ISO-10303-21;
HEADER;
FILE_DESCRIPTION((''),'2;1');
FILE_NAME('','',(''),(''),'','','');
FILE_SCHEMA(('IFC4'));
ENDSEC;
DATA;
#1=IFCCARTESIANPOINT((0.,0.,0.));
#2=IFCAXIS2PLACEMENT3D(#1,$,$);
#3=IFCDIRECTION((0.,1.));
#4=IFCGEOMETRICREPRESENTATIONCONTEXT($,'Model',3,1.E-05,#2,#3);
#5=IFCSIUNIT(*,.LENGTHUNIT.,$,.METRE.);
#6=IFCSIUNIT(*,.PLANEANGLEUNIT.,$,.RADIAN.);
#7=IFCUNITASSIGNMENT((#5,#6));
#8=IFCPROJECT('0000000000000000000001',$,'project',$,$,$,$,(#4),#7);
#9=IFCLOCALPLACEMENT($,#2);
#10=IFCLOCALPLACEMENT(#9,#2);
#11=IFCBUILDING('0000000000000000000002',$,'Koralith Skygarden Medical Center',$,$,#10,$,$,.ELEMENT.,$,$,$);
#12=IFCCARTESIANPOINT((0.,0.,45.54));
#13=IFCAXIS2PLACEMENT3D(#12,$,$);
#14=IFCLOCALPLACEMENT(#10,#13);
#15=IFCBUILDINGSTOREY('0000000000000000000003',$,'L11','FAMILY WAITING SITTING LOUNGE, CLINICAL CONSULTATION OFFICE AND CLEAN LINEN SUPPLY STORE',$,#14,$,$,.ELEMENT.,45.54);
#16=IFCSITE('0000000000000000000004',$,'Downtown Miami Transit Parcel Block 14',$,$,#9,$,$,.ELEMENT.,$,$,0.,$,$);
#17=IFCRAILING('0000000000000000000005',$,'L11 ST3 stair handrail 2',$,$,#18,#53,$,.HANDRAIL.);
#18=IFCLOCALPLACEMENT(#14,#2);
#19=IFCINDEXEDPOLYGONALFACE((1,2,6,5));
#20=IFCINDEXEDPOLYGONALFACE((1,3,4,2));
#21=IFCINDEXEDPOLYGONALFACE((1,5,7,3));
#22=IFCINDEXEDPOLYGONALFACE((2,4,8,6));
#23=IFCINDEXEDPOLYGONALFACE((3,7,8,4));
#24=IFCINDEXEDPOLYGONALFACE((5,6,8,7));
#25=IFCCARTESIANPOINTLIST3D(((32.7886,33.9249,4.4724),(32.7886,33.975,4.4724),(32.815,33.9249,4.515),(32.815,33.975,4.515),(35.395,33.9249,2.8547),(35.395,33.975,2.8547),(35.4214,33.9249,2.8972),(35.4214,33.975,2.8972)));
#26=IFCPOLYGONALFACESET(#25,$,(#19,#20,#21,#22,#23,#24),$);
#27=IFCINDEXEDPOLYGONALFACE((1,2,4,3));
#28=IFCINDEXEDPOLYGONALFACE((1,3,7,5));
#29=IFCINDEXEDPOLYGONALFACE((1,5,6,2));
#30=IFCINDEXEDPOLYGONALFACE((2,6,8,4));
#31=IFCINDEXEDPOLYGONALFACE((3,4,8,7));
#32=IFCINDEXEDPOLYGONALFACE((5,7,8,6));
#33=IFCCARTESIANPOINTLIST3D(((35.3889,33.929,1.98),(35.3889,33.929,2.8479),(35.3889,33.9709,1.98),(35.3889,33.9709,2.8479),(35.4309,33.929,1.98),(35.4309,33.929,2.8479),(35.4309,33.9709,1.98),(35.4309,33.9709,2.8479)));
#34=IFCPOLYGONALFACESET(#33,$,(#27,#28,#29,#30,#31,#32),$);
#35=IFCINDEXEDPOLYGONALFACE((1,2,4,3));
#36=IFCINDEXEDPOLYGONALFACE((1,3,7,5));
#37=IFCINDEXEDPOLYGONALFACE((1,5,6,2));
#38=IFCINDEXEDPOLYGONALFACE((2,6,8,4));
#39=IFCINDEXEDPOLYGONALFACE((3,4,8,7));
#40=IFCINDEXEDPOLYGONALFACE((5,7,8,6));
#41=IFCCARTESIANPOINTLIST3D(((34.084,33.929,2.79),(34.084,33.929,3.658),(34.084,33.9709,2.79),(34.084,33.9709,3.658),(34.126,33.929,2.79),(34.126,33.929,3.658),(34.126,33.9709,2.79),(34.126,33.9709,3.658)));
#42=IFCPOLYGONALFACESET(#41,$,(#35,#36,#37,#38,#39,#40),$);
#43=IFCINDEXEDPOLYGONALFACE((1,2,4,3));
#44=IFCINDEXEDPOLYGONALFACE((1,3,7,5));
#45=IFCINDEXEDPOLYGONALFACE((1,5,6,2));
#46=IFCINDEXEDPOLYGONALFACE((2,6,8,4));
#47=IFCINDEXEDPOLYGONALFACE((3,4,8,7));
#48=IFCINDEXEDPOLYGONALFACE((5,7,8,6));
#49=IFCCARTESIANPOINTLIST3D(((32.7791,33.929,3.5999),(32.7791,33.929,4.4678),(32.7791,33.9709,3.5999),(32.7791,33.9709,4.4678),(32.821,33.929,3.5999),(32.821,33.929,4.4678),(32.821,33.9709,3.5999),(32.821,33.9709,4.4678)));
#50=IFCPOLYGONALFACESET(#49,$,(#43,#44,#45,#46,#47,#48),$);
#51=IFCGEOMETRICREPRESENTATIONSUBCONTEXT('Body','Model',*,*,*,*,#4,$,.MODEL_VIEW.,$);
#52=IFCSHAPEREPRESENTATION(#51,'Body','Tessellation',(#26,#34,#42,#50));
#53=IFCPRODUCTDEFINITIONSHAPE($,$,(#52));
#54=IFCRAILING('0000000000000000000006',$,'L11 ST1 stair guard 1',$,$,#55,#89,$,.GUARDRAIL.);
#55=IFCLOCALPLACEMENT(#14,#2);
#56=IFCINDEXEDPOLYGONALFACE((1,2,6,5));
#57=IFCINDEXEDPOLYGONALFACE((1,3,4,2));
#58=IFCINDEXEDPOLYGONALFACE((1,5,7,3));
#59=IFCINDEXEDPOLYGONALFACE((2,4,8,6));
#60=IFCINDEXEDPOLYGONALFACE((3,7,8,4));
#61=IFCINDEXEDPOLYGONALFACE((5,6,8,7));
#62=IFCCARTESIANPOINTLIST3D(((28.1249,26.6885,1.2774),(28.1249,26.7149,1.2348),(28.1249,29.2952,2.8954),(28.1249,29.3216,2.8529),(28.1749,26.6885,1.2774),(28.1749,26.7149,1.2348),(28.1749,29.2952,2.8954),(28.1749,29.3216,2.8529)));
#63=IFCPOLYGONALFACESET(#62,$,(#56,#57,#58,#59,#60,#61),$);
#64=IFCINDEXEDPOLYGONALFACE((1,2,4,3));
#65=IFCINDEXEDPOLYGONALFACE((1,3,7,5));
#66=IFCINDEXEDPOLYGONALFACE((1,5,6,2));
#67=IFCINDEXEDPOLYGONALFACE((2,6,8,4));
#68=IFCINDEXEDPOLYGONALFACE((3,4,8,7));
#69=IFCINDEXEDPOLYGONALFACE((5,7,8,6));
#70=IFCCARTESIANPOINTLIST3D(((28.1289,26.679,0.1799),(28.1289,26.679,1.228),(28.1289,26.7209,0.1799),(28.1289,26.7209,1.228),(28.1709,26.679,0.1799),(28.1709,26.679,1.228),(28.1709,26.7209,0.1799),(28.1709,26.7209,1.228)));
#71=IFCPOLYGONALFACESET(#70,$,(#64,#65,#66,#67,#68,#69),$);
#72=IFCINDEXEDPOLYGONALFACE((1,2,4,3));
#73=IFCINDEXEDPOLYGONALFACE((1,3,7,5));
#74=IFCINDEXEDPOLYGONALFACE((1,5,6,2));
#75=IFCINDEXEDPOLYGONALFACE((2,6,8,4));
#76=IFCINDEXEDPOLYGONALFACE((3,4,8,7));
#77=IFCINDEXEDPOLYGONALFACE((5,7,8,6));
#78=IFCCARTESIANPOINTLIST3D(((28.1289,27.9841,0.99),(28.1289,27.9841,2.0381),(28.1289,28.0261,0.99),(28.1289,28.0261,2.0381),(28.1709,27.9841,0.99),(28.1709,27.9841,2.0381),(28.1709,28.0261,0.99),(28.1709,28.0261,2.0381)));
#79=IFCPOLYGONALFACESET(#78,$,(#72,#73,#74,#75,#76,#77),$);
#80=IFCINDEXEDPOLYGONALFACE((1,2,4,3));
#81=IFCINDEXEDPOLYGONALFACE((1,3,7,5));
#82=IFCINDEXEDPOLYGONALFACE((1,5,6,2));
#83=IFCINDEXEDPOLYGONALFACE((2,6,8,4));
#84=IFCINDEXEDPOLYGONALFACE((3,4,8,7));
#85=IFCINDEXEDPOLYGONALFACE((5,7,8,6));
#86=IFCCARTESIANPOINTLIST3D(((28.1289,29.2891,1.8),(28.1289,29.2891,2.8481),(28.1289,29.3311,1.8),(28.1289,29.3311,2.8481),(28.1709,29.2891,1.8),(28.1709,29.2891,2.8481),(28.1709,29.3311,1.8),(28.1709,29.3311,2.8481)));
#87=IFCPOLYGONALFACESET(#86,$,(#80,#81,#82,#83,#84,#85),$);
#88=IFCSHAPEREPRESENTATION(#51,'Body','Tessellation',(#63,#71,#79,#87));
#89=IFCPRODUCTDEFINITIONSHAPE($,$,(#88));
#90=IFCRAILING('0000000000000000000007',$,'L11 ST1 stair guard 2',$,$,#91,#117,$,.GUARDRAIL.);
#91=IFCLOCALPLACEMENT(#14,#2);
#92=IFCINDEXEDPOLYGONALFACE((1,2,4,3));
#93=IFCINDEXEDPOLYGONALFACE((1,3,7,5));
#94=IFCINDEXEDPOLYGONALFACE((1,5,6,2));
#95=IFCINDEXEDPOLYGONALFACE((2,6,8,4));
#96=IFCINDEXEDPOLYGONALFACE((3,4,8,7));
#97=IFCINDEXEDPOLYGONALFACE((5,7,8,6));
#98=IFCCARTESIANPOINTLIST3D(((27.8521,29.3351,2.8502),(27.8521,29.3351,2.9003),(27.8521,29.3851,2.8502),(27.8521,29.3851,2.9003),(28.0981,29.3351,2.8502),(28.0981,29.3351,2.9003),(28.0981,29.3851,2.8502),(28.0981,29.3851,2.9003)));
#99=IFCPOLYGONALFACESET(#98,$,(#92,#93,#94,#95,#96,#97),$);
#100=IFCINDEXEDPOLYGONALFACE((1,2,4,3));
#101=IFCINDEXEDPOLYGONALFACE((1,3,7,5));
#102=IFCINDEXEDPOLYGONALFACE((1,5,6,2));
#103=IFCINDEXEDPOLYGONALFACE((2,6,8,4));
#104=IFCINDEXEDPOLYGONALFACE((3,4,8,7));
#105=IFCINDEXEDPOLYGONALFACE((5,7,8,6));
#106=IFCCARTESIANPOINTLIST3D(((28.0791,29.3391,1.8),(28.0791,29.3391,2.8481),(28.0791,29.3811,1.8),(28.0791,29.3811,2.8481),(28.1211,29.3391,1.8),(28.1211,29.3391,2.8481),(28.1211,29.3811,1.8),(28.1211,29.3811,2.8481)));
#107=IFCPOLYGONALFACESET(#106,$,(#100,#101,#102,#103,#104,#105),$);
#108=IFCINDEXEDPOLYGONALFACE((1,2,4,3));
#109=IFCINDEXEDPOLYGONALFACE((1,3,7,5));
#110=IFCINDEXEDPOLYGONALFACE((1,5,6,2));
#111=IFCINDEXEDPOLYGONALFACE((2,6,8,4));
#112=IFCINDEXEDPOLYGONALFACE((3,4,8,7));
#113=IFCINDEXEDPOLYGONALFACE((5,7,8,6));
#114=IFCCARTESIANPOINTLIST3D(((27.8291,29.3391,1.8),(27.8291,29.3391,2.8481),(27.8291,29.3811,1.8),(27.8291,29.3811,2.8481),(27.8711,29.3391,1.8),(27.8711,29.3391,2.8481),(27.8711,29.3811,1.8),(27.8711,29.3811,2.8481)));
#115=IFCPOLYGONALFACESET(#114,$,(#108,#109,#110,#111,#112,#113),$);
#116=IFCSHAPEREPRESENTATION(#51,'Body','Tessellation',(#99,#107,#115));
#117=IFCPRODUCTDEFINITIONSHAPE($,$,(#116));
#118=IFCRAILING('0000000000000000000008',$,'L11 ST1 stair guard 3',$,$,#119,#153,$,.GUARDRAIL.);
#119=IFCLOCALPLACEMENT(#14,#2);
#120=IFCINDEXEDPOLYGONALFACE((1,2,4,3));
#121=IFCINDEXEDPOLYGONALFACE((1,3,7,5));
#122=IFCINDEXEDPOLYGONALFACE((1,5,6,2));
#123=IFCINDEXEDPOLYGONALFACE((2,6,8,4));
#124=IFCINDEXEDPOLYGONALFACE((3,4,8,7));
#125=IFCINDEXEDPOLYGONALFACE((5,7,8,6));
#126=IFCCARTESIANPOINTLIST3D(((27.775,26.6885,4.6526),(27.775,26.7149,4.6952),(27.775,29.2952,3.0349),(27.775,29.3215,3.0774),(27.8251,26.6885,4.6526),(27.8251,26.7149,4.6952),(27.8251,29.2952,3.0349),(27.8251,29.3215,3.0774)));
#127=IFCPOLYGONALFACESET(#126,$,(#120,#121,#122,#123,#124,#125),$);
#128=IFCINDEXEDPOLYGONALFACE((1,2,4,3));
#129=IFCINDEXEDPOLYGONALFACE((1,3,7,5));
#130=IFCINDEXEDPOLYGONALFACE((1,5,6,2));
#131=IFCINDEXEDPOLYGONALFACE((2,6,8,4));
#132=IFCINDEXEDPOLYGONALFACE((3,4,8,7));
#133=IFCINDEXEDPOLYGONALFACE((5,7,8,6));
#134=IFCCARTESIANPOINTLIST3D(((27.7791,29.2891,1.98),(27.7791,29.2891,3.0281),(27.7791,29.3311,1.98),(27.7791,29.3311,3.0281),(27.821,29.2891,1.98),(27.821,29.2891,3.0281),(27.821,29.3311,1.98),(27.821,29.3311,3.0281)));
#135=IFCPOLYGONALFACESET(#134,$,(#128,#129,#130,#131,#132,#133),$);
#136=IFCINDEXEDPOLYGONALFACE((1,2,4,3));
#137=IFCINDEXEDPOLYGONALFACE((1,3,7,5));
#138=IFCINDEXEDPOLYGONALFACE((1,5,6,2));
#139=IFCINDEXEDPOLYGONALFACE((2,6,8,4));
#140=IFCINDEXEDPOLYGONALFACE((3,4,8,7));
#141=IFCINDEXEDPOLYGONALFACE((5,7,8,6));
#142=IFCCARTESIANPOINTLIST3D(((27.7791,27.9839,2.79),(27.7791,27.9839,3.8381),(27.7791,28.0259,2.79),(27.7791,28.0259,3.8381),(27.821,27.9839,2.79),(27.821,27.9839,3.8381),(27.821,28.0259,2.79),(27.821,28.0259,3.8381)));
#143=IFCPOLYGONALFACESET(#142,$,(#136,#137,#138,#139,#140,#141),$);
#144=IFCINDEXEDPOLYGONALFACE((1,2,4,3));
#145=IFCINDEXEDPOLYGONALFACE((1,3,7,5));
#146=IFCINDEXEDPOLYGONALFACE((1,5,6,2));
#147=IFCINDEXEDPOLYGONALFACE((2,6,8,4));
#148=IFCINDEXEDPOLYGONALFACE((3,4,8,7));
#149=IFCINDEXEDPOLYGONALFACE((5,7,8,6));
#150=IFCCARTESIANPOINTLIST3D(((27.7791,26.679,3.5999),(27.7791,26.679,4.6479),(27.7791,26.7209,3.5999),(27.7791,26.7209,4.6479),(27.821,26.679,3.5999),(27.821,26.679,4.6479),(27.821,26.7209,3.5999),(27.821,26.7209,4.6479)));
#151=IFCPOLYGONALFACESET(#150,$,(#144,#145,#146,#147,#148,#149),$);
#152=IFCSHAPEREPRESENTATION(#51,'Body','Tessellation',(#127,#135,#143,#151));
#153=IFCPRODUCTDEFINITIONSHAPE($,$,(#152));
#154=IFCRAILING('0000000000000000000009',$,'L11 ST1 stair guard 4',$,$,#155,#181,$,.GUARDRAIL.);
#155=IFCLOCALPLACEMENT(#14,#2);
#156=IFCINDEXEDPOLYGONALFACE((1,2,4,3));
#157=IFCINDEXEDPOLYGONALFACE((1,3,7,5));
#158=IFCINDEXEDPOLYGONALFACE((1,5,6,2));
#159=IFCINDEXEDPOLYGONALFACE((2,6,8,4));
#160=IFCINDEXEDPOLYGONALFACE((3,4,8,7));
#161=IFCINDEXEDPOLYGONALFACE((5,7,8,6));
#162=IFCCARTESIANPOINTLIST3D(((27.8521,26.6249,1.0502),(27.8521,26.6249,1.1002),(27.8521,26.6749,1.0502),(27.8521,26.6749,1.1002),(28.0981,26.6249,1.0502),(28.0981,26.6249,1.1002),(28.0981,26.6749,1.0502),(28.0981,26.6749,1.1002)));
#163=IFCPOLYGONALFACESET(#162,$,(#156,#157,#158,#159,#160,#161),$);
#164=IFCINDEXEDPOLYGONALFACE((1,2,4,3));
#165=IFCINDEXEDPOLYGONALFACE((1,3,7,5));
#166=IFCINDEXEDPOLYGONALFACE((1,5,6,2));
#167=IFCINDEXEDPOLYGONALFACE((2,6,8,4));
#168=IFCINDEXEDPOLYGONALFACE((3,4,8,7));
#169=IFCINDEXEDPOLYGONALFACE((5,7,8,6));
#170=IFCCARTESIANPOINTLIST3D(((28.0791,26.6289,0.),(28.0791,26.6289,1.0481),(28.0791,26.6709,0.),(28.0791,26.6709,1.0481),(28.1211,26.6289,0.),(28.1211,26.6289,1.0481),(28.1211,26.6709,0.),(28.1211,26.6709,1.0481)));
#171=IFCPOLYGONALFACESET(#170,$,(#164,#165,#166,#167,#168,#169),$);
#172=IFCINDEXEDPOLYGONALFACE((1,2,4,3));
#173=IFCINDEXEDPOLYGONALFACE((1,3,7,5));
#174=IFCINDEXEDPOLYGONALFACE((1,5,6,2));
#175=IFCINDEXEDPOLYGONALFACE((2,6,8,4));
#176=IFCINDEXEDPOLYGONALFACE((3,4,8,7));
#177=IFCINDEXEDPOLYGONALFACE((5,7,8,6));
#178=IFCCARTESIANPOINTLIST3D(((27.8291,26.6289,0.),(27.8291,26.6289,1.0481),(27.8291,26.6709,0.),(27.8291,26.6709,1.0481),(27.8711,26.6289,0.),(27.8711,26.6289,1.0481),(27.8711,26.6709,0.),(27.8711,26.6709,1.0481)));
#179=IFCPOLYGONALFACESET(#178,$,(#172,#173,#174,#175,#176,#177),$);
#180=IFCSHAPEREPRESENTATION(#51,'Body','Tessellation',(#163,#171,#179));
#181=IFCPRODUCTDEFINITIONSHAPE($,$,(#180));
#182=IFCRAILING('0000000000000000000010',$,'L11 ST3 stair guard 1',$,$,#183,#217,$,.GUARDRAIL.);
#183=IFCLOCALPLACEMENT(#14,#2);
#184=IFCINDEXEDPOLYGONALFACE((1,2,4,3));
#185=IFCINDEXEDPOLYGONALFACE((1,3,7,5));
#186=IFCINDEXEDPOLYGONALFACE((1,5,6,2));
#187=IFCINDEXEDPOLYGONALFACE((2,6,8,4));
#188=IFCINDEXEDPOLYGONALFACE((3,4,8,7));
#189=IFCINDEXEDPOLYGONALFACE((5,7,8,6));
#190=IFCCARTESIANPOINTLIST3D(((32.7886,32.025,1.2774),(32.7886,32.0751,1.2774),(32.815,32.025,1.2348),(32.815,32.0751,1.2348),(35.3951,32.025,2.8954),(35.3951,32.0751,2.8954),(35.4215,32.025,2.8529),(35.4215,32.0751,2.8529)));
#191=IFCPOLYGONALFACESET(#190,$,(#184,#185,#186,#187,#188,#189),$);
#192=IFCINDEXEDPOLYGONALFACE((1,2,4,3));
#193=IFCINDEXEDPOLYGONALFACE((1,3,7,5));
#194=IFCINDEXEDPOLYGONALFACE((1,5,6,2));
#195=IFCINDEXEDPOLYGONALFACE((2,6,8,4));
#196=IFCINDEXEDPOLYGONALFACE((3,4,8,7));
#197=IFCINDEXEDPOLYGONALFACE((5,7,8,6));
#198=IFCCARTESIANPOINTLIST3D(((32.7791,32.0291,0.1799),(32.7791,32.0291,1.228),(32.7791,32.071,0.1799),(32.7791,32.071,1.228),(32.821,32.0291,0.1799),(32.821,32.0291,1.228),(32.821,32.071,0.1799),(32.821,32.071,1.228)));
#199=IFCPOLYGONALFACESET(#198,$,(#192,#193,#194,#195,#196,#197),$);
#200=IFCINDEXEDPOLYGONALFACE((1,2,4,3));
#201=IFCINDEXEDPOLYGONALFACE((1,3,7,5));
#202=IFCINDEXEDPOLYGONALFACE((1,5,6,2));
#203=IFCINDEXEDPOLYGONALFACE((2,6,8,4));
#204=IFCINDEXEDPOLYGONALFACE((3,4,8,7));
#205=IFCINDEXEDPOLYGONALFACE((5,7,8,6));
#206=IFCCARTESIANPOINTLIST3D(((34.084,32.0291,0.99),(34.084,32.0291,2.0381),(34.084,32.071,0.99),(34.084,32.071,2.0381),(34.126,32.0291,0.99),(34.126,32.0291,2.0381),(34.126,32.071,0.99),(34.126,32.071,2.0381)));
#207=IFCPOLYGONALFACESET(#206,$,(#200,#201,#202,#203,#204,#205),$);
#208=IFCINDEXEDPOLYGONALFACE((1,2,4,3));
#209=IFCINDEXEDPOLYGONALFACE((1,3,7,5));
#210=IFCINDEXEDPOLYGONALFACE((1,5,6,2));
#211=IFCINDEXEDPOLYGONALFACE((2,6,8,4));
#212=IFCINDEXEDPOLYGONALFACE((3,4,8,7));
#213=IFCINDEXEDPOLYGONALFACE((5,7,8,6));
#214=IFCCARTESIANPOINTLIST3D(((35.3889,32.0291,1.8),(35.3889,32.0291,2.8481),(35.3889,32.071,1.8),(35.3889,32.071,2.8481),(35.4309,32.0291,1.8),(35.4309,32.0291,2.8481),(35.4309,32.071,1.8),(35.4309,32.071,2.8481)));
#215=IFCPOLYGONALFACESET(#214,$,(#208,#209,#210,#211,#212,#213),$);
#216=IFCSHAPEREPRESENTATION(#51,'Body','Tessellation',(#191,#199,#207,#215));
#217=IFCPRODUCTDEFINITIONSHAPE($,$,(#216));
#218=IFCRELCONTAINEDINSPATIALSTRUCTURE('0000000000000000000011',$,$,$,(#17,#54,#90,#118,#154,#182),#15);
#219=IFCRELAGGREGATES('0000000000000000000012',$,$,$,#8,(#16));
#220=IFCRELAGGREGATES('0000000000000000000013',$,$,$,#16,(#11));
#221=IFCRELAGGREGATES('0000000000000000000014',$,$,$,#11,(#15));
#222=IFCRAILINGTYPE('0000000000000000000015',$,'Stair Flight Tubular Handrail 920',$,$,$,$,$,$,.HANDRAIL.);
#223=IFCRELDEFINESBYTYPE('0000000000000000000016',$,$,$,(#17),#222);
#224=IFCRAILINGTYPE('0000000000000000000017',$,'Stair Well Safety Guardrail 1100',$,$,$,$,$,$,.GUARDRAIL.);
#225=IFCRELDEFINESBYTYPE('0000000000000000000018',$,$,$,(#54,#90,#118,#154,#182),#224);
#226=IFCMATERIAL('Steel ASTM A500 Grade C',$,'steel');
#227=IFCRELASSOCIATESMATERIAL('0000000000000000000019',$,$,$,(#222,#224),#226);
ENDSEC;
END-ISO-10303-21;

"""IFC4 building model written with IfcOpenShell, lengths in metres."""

from ifc_helpers import new_model, si_unit, direction, frame, origin, origin_2d, place, context, subcontext, project, spatial, rectangle, extrude, material, type_object, element, save


model = new_model("IFC4")

# Units and contexts
model_context = context("Model", 3, precision=1e-05, world=origin(), true_north=direction((0.0, 1.0)))
body_context = subcontext(model_context, "Body", "Model", "MODEL_VIEW")
ifc_project = project(units=[si_unit("LENGTHUNIT", "METRE"), si_unit("PLANEANGLEUNIT", "RADIAN")], contexts=[model_context])

# Site, building, storey
site_placement = place(None, origin())
site = spatial("IfcSite", under=ifc_project, at=site_placement, Name="Downtown Miami Transit Parcel Block 14", CompositionType="ELEMENT", RefElevation=0.0)
building_placement = place(site_placement, origin())
building = spatial("IfcBuilding", under=site, at=building_placement, Name="Koralith Skygarden Medical Center", CompositionType="ELEMENT")
storey_placement = place(building_placement, frame((0.0, 0.0, 45.54)))
storey = spatial("IfcBuildingStorey", under=building, at=storey_placement, Name="L11", Description="FAMILY WAITING SITTING LOUNGE, CLINICAL CONSULTATION OFFICE AND CLEAN LINEN SUPPLY STORE", CompositionType="ELEMENT", Elevation=45.54)

# Railings
ifc_material_1 = material(Name="Steel ASTM A500 Grade C", Category="steel")
railing_type_1 = type_object("IfcRailingType", Name="Stair Flight Tubular Handrail 920", PredefinedType="HANDRAIL", material=ifc_material_1)
railing_1_placement = place(storey_placement, frame((35.4099, 33.95, 1.98)))
element("IfcRailing", 1, at=railing_1_placement, inside=storey, type_object=railing_type_1, Name="L11 ST3 stair handrail 2", PredefinedType="HANDRAIL", context=body_context, shape_type="SweptSolid", body=[
    extrude(rectangle(XDim=0.05, YDim=0.05, at=origin_2d()), frame((-0.0017, 0.0, 0.896), z_axis=(-0.849646, 0.0, 0.527353), x_axis=(0.0, -1.0, 0.0)), (0.0, 0.0, 1.0), 3.0676),
    extrude(rectangle(XDim=0.042, YDim=0.042, at=origin_2d()), origin(), (0.0, 0.0, 1.0), 0.8679),
    extrude(rectangle(XDim=0.042, YDim=0.042, at=origin_2d()), frame((-1.3049, 0.0, 0.8101)), (0.0, 0.0, 1.0), 0.8679),
    extrude(rectangle(XDim=0.042, YDim=0.042, at=origin_2d()), frame((-2.6099, 0.0, 1.6199)), (0.0, 0.0, 1.0), 0.8679),
])
railing_type_2 = type_object("IfcRailingType", Name="Stair Well Safety Guardrail 1100", PredefinedType="GUARDRAIL", material=ifc_material_1)
railing_2_placement = place(storey_placement, frame((28.1499, 26.7, 0.1799)))
element("IfcRailing", 2, at=railing_2_placement, inside=storey, type_object=railing_type_2, Name="L11 ST1 stair guard 1", PredefinedType="GUARDRAIL", context=body_context, shape_type="SweptSolid", body=[
    extrude(rectangle(XDim=0.05, YDim=0.05, at=origin_2d()), frame((0.0, 0.0017, 1.0762), z_axis=(0.0, 0.849633, 0.527375), x_axis=(-1.0, 0.0, 0.0)), (0.0, 0.0, 1.0), 3.0681),
    extrude(rectangle(XDim=0.042, YDim=0.042, at=origin_2d()), origin(), (0.0, 0.0, 1.0), 1.0481),
    extrude(rectangle(XDim=0.042, YDim=0.042, at=origin_2d()), frame((0.0, 1.3052, 0.8101)), (0.0, 0.0, 1.0), 1.0481),
    extrude(rectangle(XDim=0.042, YDim=0.042, at=origin_2d()), frame((0.0, 2.6101, 1.6201)), (0.0, 0.0, 1.0), 1.0481),
])
railing_3_placement = place(storey_placement, frame((28.1001, 29.3601, 1.8)))
element("IfcRailing", 3, at=railing_3_placement, inside=storey, type_object=railing_type_2, Name="L11 ST1 stair guard 2", PredefinedType="GUARDRAIL", context=body_context, shape_type="SweptSolid", body=[
    extrude(rectangle(XDim=0.05, YDim=0.05, at=origin_2d()), frame((-0.002, 0.0, 1.0752), z_axis=(-1.0, 0.0, 0.0), x_axis=(0.0, -1.0, 0.0)), (0.0, 0.0, 1.0), 0.2461),
    extrude(rectangle(XDim=0.042, YDim=0.042, at=origin_2d()), origin(), (0.0, 0.0, 1.0), 1.0481),
    extrude(rectangle(XDim=0.042, YDim=0.042, at=origin_2d()), frame((-0.25, 0.0, 0.0)), (0.0, 0.0, 1.0), 1.0481),
])
railing_4_placement = place(storey_placement, frame((27.8, 29.3101, 1.98)))
element("IfcRailing", 4, at=railing_4_placement, inside=storey, type_object=railing_type_2, Name="L11 ST1 stair guard 3", PredefinedType="GUARDRAIL", context=body_context, shape_type="SweptSolid", body=[
    extrude(rectangle(XDim=0.05, YDim=0.05, at=origin_2d()), frame((0.0, -0.0017, 1.0762), z_axis=(0.0, -0.849668, 0.527317), x_axis=(1.0, 0.0, 0.0)), (0.0, 0.0, 1.0), 3.0679),
    extrude(rectangle(XDim=0.042, YDim=0.042, at=origin_2d()), origin(), (0.0, 0.0, 1.0), 1.0481),
    extrude(rectangle(XDim=0.042, YDim=0.042, at=origin_2d()), frame((0.0, -1.3052, 0.8101)), (0.0, 0.0, 1.0), 1.0481),
    extrude(rectangle(XDim=0.042, YDim=0.042, at=origin_2d()), frame((0.0, -2.6101, 1.6199)), (0.0, 0.0, 1.0), 1.0481),
])
railing_5_placement = place(storey_placement, frame((28.1001, 26.6499, 0.0)))
element("IfcRailing", 5, at=railing_5_placement, inside=storey, type_object=railing_type_2, Name="L11 ST1 stair guard 4", PredefinedType="GUARDRAIL", context=body_context, shape_type="SweptSolid", body=[
    extrude(rectangle(XDim=0.05, YDim=0.05, at=origin_2d()), frame((-0.002, 0.0, 1.0752), z_axis=(-1.0, 0.0, 0.0), x_axis=(0.0, -1.0, 0.0)), (0.0, 0.0, 1.0), 0.2461),
    extrude(rectangle(XDim=0.042, YDim=0.042, at=origin_2d()), origin(), (0.0, 0.0, 1.0), 1.0481),
    extrude(rectangle(XDim=0.042, YDim=0.042, at=origin_2d()), frame((-0.25, 0.0, 0.0)), (0.0, 0.0, 1.0), 1.0481),
])
railing_6_placement = place(storey_placement, frame((32.8, 32.05, 0.1799)))
element("IfcRailing", 6, at=railing_6_placement, inside=storey, type_object=railing_type_2, Name="L11 ST3 stair guard 1", PredefinedType="GUARDRAIL", context=body_context, shape_type="SweptSolid", body=[
    extrude(rectangle(XDim=0.05, YDim=0.05, at=origin_2d()), frame((0.0017, 0.0, 1.0762), z_axis=(0.849611, 0.0, 0.52741), x_axis=(0.0, 1.0, 0.0)), (0.0, 0.0, 1.0), 3.0679),
    extrude(rectangle(XDim=0.042, YDim=0.042, at=origin_2d()), origin(), (0.0, 0.0, 1.0), 1.0481),
    extrude(rectangle(XDim=0.042, YDim=0.042, at=origin_2d()), frame((1.3049, 0.0, 0.8101)), (0.0, 0.0, 1.0), 1.0481),
    extrude(rectangle(XDim=0.042, YDim=0.042, at=origin_2d()), frame((2.6099, 0.0, 1.6201)), (0.0, 0.0, 1.0), 1.0481),
])

save(model, "model.ifc")
